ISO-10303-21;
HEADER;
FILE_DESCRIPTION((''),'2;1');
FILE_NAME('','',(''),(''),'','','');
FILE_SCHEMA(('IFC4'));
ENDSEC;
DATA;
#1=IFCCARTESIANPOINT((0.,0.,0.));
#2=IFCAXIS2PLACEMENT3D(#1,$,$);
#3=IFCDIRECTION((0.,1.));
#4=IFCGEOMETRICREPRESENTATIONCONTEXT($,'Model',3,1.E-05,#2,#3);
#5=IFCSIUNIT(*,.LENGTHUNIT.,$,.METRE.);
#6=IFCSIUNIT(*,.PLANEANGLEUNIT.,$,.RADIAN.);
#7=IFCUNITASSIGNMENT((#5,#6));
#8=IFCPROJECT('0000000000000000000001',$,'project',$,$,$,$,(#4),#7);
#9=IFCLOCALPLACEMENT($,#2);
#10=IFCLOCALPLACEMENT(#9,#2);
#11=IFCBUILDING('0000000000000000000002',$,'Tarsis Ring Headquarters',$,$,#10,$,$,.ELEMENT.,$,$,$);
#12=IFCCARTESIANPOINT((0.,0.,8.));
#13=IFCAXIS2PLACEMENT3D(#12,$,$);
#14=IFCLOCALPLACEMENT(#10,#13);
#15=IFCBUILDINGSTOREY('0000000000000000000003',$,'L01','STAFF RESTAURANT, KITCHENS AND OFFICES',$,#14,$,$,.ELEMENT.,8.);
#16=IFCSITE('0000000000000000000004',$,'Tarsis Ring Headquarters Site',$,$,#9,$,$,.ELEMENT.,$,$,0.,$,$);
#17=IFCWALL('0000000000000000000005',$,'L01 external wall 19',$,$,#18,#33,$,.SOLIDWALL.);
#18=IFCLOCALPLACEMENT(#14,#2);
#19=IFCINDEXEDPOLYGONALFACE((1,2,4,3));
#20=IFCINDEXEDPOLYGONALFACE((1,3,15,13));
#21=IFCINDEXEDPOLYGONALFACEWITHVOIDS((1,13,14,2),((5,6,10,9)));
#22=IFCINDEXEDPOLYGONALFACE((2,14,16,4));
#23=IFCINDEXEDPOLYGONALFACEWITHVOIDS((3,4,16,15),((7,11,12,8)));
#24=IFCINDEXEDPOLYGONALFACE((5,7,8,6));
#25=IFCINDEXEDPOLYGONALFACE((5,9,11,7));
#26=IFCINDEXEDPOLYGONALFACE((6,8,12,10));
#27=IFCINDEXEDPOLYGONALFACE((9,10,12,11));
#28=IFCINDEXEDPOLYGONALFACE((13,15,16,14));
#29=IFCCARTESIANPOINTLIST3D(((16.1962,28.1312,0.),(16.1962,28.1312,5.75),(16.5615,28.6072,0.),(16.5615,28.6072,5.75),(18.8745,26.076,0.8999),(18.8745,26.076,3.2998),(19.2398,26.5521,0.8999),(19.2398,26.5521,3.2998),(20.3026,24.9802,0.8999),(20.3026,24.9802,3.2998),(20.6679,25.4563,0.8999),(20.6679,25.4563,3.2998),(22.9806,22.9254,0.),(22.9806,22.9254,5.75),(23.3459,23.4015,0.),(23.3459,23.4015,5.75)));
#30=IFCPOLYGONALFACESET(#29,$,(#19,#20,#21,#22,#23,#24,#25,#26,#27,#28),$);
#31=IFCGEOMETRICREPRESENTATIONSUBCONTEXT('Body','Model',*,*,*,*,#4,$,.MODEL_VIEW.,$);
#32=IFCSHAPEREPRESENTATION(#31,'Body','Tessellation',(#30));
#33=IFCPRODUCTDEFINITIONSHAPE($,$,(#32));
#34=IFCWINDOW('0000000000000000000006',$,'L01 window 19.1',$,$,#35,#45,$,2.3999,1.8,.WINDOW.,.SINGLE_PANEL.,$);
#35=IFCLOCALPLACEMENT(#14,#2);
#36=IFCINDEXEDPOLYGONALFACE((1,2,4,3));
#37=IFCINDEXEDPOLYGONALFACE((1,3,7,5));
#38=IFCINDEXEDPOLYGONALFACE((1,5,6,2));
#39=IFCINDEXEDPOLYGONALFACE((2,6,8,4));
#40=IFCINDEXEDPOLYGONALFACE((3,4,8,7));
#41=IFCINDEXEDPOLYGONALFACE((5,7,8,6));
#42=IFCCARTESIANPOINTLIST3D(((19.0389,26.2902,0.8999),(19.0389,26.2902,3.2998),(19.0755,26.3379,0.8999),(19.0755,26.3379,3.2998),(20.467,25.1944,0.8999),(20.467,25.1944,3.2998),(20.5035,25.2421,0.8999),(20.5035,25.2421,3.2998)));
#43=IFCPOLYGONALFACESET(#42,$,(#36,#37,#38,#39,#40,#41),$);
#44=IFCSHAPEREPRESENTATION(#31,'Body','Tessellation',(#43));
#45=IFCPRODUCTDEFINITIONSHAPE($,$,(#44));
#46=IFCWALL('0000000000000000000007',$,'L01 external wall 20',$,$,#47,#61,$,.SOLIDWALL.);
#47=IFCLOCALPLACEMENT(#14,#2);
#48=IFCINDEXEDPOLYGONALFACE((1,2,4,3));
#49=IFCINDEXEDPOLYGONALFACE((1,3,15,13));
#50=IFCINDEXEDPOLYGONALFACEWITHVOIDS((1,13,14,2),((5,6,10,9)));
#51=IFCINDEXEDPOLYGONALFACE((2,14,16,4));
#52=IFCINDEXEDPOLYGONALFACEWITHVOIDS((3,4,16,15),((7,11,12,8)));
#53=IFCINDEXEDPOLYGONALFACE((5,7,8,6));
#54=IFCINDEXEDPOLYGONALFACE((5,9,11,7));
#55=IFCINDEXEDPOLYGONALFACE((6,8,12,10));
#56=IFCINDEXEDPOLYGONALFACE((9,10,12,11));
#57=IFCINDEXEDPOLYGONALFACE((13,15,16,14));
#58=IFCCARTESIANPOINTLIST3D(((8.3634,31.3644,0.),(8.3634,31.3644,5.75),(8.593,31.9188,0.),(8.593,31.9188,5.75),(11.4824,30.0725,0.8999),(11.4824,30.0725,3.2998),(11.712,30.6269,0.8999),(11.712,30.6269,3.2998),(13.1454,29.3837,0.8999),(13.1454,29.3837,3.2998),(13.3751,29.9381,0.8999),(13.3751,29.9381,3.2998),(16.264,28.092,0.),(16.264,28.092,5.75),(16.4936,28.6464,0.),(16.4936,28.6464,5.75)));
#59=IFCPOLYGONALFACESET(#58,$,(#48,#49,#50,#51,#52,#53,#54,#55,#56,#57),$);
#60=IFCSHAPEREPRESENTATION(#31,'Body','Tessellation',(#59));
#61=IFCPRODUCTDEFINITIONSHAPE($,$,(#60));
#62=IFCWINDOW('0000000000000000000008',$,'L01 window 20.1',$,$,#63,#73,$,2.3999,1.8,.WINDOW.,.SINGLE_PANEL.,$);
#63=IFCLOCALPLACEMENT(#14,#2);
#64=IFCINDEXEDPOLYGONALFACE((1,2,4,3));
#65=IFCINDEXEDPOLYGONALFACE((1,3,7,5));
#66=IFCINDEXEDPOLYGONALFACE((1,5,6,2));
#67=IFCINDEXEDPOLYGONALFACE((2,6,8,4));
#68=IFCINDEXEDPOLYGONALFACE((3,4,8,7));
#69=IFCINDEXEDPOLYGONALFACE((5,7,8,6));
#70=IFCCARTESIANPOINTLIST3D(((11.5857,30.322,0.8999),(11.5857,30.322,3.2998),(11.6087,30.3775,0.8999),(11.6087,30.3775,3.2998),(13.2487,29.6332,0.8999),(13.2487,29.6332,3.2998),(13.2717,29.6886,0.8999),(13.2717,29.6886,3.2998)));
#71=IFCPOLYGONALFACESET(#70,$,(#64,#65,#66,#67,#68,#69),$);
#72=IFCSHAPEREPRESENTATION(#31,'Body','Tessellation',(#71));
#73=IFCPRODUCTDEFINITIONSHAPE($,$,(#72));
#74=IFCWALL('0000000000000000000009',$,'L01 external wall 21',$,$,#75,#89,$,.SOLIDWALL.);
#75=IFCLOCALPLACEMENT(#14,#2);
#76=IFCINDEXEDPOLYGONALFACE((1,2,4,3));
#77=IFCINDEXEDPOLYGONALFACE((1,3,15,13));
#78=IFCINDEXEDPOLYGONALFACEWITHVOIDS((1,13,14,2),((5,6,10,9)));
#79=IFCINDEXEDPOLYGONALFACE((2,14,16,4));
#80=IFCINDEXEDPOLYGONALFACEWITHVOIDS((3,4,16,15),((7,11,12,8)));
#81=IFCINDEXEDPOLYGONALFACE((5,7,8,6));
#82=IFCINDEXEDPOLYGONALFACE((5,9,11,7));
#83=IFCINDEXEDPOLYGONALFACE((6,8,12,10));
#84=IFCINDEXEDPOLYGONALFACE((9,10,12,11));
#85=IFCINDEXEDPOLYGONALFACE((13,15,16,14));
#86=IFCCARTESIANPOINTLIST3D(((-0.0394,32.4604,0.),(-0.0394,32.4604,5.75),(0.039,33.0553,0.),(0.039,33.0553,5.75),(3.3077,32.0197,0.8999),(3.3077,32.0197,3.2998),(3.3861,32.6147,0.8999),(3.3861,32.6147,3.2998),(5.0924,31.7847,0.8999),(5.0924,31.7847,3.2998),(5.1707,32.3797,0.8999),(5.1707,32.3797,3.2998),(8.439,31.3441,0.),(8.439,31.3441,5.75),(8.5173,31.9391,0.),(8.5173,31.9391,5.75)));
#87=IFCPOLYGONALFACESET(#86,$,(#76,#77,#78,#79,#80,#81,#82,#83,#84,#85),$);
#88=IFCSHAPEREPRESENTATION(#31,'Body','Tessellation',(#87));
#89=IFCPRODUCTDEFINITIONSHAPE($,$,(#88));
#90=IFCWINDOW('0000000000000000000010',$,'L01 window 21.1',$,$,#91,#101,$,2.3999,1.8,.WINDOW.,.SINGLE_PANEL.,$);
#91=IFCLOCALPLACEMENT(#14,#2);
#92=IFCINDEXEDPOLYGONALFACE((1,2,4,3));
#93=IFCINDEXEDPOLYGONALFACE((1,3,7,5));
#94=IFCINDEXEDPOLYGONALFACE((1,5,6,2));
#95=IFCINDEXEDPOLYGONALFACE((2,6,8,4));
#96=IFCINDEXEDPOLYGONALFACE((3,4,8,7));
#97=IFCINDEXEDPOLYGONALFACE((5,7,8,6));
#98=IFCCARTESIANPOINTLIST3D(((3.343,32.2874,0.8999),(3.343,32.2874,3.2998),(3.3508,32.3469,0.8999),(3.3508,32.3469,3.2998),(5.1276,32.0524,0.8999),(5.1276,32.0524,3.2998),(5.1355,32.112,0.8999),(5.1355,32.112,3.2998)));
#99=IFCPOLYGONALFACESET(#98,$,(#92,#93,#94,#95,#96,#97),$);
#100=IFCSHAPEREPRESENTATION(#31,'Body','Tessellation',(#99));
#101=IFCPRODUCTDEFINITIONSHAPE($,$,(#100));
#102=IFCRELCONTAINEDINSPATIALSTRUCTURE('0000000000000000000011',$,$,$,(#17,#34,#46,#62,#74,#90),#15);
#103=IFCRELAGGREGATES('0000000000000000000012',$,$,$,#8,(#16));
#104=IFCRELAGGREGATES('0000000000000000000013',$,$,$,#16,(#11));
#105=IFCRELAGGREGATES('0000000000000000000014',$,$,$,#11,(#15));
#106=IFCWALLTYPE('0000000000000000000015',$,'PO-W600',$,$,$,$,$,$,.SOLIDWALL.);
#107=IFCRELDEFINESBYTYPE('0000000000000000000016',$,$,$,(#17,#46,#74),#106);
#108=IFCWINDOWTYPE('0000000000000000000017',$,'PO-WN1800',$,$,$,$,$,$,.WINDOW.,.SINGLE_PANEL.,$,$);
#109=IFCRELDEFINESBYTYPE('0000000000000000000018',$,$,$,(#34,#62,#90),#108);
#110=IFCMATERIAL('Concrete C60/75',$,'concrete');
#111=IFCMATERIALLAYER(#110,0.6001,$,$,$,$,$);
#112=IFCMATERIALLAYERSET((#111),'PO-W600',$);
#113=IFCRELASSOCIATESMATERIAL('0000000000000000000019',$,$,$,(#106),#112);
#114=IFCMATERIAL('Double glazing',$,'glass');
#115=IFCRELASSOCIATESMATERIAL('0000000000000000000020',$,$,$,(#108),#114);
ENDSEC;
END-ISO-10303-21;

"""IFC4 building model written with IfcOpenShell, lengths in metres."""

from ifc_helpers import new_model, si_unit, direction, frame, frame_2d, origin, place, context, subcontext, project, spatial, rectangle, extrude, material, layer, layer_set, type_object, element, fill, save


model = new_model("IFC4")

# Units and contexts
model_context = context("Model", 3, precision=1e-05, world=origin(), true_north=direction((0.0, 1.0)))
body_context = subcontext(model_context, "Body", "Model", "MODEL_VIEW")
ifc_project = project(units=[si_unit("LENGTHUNIT", "METRE"), si_unit("PLANEANGLEUNIT", "RADIAN")], contexts=[model_context])

# Site, building, storey
site_placement = place(None, origin())
site = spatial("IfcSite", under=ifc_project, at=site_placement, Name="Tarsis Ring Headquarters Site", CompositionType="ELEMENT", RefElevation=0.0)
building_placement = place(site_placement, origin())
building = spatial("IfcBuilding", under=site, at=building_placement, Name="Tarsis Ring Headquarters", CompositionType="ELEMENT")
storey_placement = place(building_placement, frame((0.0, 0.0, 8.0)))
storey = spatial("IfcBuildingStorey", under=building, at=storey_placement, Name="L01", Description="STAFF RESTAURANT, KITCHENS AND OFFICES", CompositionType="ELEMENT", Elevation=8.0)

# Shared definitions
ifc_material_1 = material(Name="Concrete C60/75", Category="concrete")

# Walls, openings, windows
ifc_layer_1 = layer(ifc_material_1, 0.6001)
ifc_layer_set_1 = layer_set([ifc_layer_1], Name="PO-W600")
wall_type_1 = type_object("IfcWallType", Name="PO-W600", PredefinedType="SOLIDWALL", material=ifc_layer_set_1)
ifc_material_2 = material(Name="Double glazing", Category="glass")
window_type = type_object("IfcWindowType", Name="PO-WN1800", PartitioningType="SINGLE_PANEL", PredefinedType="WINDOW", material=ifc_material_2)
wall_1_placement = place(storey_placement, frame((23.1633, 23.1633, 0.0), z_axis=(0.0, 0.0, 1.0), x_axis=(-0.793357, 0.608757, 0.0)))
wall_1 = element("IfcWall", 1, at=wall_1_placement, inside=storey, type_object=wall_type_1, Name="L01 external wall 19", PredefinedType="SOLIDWALL", context=body_context, shape_type="SweptSolid", body=[
    extrude(rectangle(XDim=8.5515, YDim=0.6001, at=frame_2d((4.2759, 0.0))), origin(), (0.0, 0.0, 1.0), 5.75),
])
opening_1_placement = place(wall_1_placement, frame((3.3757, 0.0, 0.8999)))
opening_1 = element("IfcOpeningElement", 2, at=opening_1_placement, cuts=wall_1, PredefinedType="OPENING", context=body_context, shape_type="SweptSolid", body=[
    extrude(rectangle(XDim=1.8, YDim=2.3999, at=frame_2d((0.8999, 1.2))), frame((0.0, 0.3101, 0.0), z_axis=(0.0, -1.0, 0.0), x_axis=(1.0, 0.0, 0.0)), (0.0, 0.0, 1.0), 0.6201),
])
window_1_placement = place(opening_1_placement, origin())
window_1 = element("IfcWindow", 3, at=window_1_placement, inside=storey, type_object=window_type, Name="L01 window 19.1", OverallHeight=2.3999, OverallWidth=1.8, PartitioningType="SINGLE_PANEL", PredefinedType="WINDOW", context=body_context, shape_type="SweptSolid", body=[
    extrude(rectangle(XDim=1.8, YDim=2.3999, at=frame_2d((0.8999, 1.2))), frame((0.0, 0.03, 0.0), z_axis=(0.0, -1.0, 0.0), x_axis=(1.0, 0.0, 0.0)), (0.0, 0.0, 1.0), 0.0601),
])
fill(opening_1, window_1)
wall_2_placement = place(storey_placement, frame((16.3789, 28.3691, 0.0), z_axis=(0.0, 0.0, 1.0), x_axis=(-0.923883, 0.382675, 0.0)))
wall_2 = element("IfcWall", 4, at=wall_2_placement, inside=storey, type_object=wall_type_1, Name="L01 external wall 20", PredefinedType="SOLIDWALL", context=body_context, shape_type="SweptSolid", body=[
    extrude(rectangle(XDim=8.5515, YDim=0.6001, at=frame_2d((4.2759, 0.0))), origin(), (0.0, 0.0, 1.0), 5.75),
])
opening_2_placement = place(wall_2_placement, frame((3.3757, 0.0, 0.8999)))
opening_2 = element("IfcOpeningElement", 5, at=opening_2_placement, cuts=wall_2, PredefinedType="OPENING", context=body_context, shape_type="SweptSolid", body=[
    extrude(rectangle(XDim=1.8, YDim=2.3999, at=frame_2d((0.8999, 1.2))), frame((0.0, 0.3101, 0.0), z_axis=(0.0, -1.0, 0.0), x_axis=(1.0, 0.0, 0.0)), (0.0, 0.0, 1.0), 0.6201),
])
window_2_placement = place(opening_2_placement, origin())
window_2 = element("IfcWindow", 6, at=window_2_placement, inside=storey, type_object=window_type, Name="L01 window 20.1", OverallHeight=2.3999, OverallWidth=1.8, PartitioningType="SINGLE_PANEL", PredefinedType="WINDOW", context=body_context, shape_type="SweptSolid", body=[
    extrude(rectangle(XDim=1.8, YDim=2.3999, at=frame_2d((0.8999, 1.2))), frame((0.0, 0.03, 0.0), z_axis=(0.0, -1.0, 0.0), x_axis=(1.0, 0.0, 0.0)), (0.0, 0.0, 1.0), 0.0601),
])
fill(opening_2, window_2)
wall_3_placement = place(storey_placement, frame((8.4783, 31.6416, 0.0), z_axis=(0.0, 0.0, 1.0), x_axis=(-0.991444, 0.130529, 0.0)))
wall_3 = element("IfcWall", 7, at=wall_3_placement, inside=storey, type_object=wall_type_1, Name="L01 external wall 21", PredefinedType="SOLIDWALL", context=body_context, shape_type="SweptSolid", body=[
    extrude(rectangle(XDim=8.5515, YDim=0.6001, at=frame_2d((4.2759, 0.0))), origin(), (0.0, 0.0, 1.0), 5.75),
])
opening_3_placement = place(wall_3_placement, frame((3.3757, 0.0, 0.8999)))
opening_3 = element("IfcOpeningElement", 8, at=opening_3_placement, cuts=wall_3, PredefinedType="OPENING", context=body_context, shape_type="SweptSolid", body=[
    extrude(rectangle(XDim=1.8, YDim=2.3999, at=frame_2d((0.8999, 1.2))), frame((0.0, 0.3101, 0.0), z_axis=(0.0, -1.0, 0.0), x_axis=(1.0, 0.0, 0.0)), (0.0, 0.0, 1.0), 0.6201),
])
window_3_placement = place(opening_3_placement, origin())
window_3 = element("IfcWindow", 9, at=window_3_placement, inside=storey, type_object=window_type, Name="L01 window 21.1", OverallHeight=2.3999, OverallWidth=1.8, PartitioningType="SINGLE_PANEL", PredefinedType="WINDOW", context=body_context, shape_type="SweptSolid", body=[
    extrude(rectangle(XDim=1.8, YDim=2.3999, at=frame_2d((0.8999, 1.2))), frame((0.0, 0.03, 0.0), z_axis=(0.0, -1.0, 0.0), x_axis=(1.0, 0.0, 0.0)), (0.0, 0.0, 1.0), 0.0601),
])
fill(opening_3, window_3)

save(model, "model.ifc")
